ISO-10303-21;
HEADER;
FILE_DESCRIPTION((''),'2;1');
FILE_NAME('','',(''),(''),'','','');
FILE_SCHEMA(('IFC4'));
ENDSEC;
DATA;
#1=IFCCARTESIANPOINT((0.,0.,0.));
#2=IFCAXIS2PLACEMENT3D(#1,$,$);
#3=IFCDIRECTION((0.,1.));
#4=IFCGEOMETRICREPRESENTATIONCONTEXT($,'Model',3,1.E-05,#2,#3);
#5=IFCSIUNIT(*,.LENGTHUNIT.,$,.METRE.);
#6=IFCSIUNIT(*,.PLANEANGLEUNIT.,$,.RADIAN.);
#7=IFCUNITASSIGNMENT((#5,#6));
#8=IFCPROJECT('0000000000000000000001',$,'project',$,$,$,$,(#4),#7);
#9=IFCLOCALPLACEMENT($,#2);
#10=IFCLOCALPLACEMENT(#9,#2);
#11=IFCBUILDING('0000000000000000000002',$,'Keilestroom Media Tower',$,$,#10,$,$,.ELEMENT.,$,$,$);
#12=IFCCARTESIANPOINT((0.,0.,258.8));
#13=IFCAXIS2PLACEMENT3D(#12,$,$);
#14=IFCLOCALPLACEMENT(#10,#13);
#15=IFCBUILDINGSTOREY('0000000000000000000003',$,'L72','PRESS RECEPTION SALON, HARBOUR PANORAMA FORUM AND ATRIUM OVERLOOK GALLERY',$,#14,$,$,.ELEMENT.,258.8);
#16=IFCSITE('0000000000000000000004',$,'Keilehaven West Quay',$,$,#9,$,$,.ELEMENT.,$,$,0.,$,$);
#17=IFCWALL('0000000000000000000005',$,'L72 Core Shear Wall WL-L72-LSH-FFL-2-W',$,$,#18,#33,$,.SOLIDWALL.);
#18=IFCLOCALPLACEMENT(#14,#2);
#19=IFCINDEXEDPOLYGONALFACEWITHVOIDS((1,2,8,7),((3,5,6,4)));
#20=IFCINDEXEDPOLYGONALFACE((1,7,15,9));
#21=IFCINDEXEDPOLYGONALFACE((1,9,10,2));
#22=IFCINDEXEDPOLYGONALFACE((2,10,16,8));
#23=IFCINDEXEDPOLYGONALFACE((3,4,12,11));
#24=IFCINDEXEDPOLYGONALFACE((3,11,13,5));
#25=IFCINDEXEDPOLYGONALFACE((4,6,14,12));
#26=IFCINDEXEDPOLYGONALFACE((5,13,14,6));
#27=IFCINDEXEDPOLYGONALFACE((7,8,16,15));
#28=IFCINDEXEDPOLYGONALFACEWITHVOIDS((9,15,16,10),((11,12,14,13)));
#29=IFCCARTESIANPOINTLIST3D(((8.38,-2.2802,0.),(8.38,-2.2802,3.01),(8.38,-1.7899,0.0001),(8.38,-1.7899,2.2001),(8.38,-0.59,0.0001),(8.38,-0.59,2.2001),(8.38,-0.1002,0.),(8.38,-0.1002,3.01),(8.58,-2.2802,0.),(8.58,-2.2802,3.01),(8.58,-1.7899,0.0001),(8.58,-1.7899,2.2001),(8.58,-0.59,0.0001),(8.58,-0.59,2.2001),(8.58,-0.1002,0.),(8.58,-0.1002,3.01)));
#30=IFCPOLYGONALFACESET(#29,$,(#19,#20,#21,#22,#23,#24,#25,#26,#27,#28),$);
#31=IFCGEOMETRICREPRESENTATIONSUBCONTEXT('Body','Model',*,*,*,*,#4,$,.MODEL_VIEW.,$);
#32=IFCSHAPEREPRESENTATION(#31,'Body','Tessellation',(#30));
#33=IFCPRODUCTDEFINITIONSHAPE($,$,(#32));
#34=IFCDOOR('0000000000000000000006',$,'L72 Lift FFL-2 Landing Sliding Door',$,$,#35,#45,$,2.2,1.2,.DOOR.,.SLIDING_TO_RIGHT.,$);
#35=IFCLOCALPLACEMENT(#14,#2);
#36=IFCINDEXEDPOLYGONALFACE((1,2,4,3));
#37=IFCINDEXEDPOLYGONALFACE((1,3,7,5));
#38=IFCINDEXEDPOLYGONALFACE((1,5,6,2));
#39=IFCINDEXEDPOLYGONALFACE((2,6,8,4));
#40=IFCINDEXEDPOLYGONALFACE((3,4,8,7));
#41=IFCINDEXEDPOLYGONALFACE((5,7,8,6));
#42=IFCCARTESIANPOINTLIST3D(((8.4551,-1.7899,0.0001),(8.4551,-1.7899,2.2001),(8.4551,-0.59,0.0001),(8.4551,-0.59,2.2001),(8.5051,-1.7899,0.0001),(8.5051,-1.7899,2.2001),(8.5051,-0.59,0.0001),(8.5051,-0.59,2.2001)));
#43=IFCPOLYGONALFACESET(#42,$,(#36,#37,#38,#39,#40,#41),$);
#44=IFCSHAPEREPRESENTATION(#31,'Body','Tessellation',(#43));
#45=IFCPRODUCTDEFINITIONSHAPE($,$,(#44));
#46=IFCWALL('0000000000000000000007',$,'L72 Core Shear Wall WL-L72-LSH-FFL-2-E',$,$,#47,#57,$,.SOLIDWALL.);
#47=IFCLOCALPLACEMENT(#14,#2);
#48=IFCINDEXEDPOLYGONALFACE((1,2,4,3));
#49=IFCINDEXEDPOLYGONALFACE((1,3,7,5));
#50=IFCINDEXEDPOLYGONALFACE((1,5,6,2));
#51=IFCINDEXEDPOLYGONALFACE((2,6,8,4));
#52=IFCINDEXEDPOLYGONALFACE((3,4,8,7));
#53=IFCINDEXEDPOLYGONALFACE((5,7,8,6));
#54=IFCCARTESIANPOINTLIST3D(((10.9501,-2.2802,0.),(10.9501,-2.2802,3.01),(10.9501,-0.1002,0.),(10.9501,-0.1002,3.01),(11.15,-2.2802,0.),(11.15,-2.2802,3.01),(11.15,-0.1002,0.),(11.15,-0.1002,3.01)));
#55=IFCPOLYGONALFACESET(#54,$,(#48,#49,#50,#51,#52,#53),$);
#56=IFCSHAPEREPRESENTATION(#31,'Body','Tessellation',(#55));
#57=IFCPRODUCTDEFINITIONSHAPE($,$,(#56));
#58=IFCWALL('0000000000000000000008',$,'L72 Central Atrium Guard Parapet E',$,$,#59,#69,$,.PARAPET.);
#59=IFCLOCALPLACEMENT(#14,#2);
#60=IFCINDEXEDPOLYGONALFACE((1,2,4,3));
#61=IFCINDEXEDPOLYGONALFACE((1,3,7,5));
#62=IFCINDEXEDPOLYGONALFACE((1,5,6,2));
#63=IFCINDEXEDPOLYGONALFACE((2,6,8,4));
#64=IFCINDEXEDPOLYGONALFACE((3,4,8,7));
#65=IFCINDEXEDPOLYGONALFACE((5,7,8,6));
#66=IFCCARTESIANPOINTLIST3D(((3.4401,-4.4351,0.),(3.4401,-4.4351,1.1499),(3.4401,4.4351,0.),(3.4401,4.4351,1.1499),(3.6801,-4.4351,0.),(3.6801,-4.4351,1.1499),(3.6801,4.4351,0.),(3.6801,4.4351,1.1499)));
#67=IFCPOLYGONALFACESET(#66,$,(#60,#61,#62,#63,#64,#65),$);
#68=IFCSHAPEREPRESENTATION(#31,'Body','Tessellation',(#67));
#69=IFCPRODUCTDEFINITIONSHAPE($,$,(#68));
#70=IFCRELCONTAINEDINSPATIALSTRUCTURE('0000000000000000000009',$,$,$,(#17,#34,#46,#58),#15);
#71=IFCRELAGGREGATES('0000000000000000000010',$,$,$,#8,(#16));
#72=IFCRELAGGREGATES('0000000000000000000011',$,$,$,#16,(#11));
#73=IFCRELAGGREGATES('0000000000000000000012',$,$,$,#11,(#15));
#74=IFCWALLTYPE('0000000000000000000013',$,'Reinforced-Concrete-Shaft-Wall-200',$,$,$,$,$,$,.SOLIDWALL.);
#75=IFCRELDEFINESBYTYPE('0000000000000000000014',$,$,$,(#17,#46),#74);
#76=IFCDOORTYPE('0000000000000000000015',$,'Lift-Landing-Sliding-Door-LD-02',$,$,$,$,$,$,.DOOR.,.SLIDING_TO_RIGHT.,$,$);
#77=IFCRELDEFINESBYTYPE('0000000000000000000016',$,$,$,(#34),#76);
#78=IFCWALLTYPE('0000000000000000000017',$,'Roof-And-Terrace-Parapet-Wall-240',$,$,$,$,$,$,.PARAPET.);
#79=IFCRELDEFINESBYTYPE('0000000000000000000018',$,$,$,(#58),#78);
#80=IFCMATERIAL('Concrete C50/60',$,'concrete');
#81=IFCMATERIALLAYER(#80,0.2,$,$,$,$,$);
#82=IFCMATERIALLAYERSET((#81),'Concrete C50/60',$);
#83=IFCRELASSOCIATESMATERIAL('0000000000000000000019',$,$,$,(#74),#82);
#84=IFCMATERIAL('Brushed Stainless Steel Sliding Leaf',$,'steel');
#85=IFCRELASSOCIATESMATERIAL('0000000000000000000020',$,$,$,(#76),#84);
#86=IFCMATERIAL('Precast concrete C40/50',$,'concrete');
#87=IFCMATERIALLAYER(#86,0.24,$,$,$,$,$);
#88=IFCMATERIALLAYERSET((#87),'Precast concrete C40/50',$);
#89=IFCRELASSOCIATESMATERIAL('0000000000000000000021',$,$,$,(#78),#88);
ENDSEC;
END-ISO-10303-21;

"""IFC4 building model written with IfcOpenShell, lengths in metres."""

from ifc_helpers import new_model, si_unit, direction, frame, frame_2d, origin, place, context, subcontext, project, spatial, rectangle, extrude, source, transform, mapped, material, layer, layer_set, type_object, element, fill, save


model = new_model("IFC4")

# Units and contexts
model_context = context("Model", 3, precision=1e-05, world=origin(), true_north=direction((0.0, 1.0)))
body_context = subcontext(model_context, "Body", "Model", "MODEL_VIEW")
ifc_project = project(units=[si_unit("LENGTHUNIT", "METRE"), si_unit("PLANEANGLEUNIT", "RADIAN")], contexts=[model_context])

# Site, building, storey
site_placement = place(None, origin())
site = spatial("IfcSite", under=ifc_project, at=site_placement, Name="Keilehaven West Quay", CompositionType="ELEMENT", RefElevation=0.0)
building_placement = place(site_placement, origin())
building = spatial("IfcBuilding", under=site, at=building_placement, Name="Keilestroom Media Tower", CompositionType="ELEMENT")
storey_placement = place(building_placement, frame((0.0, 0.0, 258.8)))
storey = spatial("IfcBuildingStorey", under=building, at=storey_placement, Name="L72", Description="PRESS RECEPTION SALON, HARBOUR PANORAMA FORUM AND ATRIUM OVERLOOK GALLERY", CompositionType="ELEMENT", Elevation=258.8)

# Shared definitions
ifc_material_1 = material(Name="Concrete C50/60", Category="concrete")

# Shared definitions
shared_shape_1 = source(origin(), body_context, "Body", "SweptSolid", [
    extrude(rectangle(XDim=1.2, YDim=2.2, at=frame_2d((0.6001, 1.1001))), frame((0.0, 0.0249, 0.0), z_axis=(0.0, -1.0, 0.0), x_axis=(1.0, 0.0, 0.0)), (0.0, 0.0, 1.0), 0.05),
])

# Shared definitions
ifc_layer_1 = layer(ifc_material_1, 0.2)
ifc_layer_set_1 = layer_set([ifc_layer_1], Name="Concrete C50/60")
wall_type_1 = type_object("IfcWallType", Name="Reinforced-Concrete-Shaft-Wall-200", PredefinedType="SOLIDWALL", material=ifc_layer_set_1)

# Wall, opening, door
wall_1_placement = place(storey_placement, frame((8.48, -2.28, 0.0), z_axis=(0.0, 0.0, 1.0), x_axis=(0.0, 1.0, 0.0)))
wall_1 = element("IfcWall", 1, at=wall_1_placement, inside=storey, type_object=wall_type_1, Name="L72 Core Shear Wall WL-L72-LSH-FFL-2-W", PredefinedType="SOLIDWALL", context=body_context, shape_type="SweptSolid", body=[
    extrude(rectangle(XDim=2.1799, YDim=0.2, at=frame_2d((1.0898, 0.0))), origin(), (0.0, 0.0, 1.0), 3.01),
])
opening_1_placement = place(wall_1_placement, frame((0.49, 0.0, 0.0)))
opening_1 = element("IfcOpeningElement", 2, at=opening_1_placement, cuts=wall_1, PredefinedType="OPENING", context=body_context, shape_type="SweptSolid", body=[
    extrude(rectangle(XDim=1.2, YDim=2.2, at=frame_2d((0.6001, 1.1001))), frame((0.0, 0.1099, 0.0), z_axis=(0.0, -1.0, 0.0), x_axis=(1.0, 0.0, 0.0)), (0.0, 0.0, 1.0), 0.22),
])
ifc_material_2 = material(Name="Brushed Stainless Steel Sliding Leaf", Category="steel")
door_type_1 = type_object("IfcDoorType", Name="Lift-Landing-Sliding-Door-LD-02", OperationType="SLIDING_TO_RIGHT", PredefinedType="DOOR", material=ifc_material_2)
door_1_placement = place(opening_1_placement, origin())
door_1 = element("IfcDoor", 3, at=door_1_placement, inside=storey, type_object=door_type_1, Name="L72 Lift FFL-2 Landing Sliding Door", OperationType="SLIDING_TO_RIGHT", OverallHeight=2.2, OverallWidth=1.2, PredefinedType="DOOR", context=body_context, shape_type="MappedRepresentation", body=[
    mapped(shared_shape_1, transform((0.0, 0.0, 0.0), x_axis=(1.0, 0.0, 0.0), y_axis=(0.0, 1.0, 0.0), z_axis=(0.0, 0.0, 1.0), scale=1.0)),
])
fill(opening_1, door_1)

# Walls
wall_2_placement = place(storey_placement, frame((11.05, -2.28, 0.0), z_axis=(0.0, 0.0, 1.0), x_axis=(0.0, 1.0, 0.0)))
element("IfcWall", 4, at=wall_2_placement, inside=storey, type_object=wall_type_1, Name="L72 Core Shear Wall WL-L72-LSH-FFL-2-E", PredefinedType="SOLIDWALL", context=body_context, shape_type="SweptSolid", body=[
    extrude(rectangle(XDim=2.1799, YDim=0.2, at=frame_2d((1.0898, 0.0))), origin(), (0.0, 0.0, 1.0), 3.01),
])
ifc_material_3 = material(Name="Precast concrete C40/50", Category="concrete")
ifc_layer_2 = layer(ifc_material_3, 0.24)
ifc_layer_set_2 = layer_set([ifc_layer_2], Name="Precast concrete C40/50")
wall_type_2 = type_object("IfcWallType", Name="Roof-And-Terrace-Parapet-Wall-240", PredefinedType="PARAPET", material=ifc_layer_set_2)
wall_3_placement = place(storey_placement, frame((3.5601, -4.4351, 0.0), z_axis=(0.0, 0.0, 1.0), x_axis=(0.0, 1.0, 0.0)))
element("IfcWall", 5, at=wall_3_placement, inside=storey, type_object=wall_type_2, Name="L72 Central Atrium Guard Parapet E", PredefinedType="PARAPET", context=body_context, shape_type="SweptSolid", body=[
    extrude(rectangle(XDim=8.8701, YDim=0.24, at=frame_2d((4.4351, 0.0))), origin(), (0.0, 0.0, 1.0), 1.1499),
])

save(model, "model.ifc")
